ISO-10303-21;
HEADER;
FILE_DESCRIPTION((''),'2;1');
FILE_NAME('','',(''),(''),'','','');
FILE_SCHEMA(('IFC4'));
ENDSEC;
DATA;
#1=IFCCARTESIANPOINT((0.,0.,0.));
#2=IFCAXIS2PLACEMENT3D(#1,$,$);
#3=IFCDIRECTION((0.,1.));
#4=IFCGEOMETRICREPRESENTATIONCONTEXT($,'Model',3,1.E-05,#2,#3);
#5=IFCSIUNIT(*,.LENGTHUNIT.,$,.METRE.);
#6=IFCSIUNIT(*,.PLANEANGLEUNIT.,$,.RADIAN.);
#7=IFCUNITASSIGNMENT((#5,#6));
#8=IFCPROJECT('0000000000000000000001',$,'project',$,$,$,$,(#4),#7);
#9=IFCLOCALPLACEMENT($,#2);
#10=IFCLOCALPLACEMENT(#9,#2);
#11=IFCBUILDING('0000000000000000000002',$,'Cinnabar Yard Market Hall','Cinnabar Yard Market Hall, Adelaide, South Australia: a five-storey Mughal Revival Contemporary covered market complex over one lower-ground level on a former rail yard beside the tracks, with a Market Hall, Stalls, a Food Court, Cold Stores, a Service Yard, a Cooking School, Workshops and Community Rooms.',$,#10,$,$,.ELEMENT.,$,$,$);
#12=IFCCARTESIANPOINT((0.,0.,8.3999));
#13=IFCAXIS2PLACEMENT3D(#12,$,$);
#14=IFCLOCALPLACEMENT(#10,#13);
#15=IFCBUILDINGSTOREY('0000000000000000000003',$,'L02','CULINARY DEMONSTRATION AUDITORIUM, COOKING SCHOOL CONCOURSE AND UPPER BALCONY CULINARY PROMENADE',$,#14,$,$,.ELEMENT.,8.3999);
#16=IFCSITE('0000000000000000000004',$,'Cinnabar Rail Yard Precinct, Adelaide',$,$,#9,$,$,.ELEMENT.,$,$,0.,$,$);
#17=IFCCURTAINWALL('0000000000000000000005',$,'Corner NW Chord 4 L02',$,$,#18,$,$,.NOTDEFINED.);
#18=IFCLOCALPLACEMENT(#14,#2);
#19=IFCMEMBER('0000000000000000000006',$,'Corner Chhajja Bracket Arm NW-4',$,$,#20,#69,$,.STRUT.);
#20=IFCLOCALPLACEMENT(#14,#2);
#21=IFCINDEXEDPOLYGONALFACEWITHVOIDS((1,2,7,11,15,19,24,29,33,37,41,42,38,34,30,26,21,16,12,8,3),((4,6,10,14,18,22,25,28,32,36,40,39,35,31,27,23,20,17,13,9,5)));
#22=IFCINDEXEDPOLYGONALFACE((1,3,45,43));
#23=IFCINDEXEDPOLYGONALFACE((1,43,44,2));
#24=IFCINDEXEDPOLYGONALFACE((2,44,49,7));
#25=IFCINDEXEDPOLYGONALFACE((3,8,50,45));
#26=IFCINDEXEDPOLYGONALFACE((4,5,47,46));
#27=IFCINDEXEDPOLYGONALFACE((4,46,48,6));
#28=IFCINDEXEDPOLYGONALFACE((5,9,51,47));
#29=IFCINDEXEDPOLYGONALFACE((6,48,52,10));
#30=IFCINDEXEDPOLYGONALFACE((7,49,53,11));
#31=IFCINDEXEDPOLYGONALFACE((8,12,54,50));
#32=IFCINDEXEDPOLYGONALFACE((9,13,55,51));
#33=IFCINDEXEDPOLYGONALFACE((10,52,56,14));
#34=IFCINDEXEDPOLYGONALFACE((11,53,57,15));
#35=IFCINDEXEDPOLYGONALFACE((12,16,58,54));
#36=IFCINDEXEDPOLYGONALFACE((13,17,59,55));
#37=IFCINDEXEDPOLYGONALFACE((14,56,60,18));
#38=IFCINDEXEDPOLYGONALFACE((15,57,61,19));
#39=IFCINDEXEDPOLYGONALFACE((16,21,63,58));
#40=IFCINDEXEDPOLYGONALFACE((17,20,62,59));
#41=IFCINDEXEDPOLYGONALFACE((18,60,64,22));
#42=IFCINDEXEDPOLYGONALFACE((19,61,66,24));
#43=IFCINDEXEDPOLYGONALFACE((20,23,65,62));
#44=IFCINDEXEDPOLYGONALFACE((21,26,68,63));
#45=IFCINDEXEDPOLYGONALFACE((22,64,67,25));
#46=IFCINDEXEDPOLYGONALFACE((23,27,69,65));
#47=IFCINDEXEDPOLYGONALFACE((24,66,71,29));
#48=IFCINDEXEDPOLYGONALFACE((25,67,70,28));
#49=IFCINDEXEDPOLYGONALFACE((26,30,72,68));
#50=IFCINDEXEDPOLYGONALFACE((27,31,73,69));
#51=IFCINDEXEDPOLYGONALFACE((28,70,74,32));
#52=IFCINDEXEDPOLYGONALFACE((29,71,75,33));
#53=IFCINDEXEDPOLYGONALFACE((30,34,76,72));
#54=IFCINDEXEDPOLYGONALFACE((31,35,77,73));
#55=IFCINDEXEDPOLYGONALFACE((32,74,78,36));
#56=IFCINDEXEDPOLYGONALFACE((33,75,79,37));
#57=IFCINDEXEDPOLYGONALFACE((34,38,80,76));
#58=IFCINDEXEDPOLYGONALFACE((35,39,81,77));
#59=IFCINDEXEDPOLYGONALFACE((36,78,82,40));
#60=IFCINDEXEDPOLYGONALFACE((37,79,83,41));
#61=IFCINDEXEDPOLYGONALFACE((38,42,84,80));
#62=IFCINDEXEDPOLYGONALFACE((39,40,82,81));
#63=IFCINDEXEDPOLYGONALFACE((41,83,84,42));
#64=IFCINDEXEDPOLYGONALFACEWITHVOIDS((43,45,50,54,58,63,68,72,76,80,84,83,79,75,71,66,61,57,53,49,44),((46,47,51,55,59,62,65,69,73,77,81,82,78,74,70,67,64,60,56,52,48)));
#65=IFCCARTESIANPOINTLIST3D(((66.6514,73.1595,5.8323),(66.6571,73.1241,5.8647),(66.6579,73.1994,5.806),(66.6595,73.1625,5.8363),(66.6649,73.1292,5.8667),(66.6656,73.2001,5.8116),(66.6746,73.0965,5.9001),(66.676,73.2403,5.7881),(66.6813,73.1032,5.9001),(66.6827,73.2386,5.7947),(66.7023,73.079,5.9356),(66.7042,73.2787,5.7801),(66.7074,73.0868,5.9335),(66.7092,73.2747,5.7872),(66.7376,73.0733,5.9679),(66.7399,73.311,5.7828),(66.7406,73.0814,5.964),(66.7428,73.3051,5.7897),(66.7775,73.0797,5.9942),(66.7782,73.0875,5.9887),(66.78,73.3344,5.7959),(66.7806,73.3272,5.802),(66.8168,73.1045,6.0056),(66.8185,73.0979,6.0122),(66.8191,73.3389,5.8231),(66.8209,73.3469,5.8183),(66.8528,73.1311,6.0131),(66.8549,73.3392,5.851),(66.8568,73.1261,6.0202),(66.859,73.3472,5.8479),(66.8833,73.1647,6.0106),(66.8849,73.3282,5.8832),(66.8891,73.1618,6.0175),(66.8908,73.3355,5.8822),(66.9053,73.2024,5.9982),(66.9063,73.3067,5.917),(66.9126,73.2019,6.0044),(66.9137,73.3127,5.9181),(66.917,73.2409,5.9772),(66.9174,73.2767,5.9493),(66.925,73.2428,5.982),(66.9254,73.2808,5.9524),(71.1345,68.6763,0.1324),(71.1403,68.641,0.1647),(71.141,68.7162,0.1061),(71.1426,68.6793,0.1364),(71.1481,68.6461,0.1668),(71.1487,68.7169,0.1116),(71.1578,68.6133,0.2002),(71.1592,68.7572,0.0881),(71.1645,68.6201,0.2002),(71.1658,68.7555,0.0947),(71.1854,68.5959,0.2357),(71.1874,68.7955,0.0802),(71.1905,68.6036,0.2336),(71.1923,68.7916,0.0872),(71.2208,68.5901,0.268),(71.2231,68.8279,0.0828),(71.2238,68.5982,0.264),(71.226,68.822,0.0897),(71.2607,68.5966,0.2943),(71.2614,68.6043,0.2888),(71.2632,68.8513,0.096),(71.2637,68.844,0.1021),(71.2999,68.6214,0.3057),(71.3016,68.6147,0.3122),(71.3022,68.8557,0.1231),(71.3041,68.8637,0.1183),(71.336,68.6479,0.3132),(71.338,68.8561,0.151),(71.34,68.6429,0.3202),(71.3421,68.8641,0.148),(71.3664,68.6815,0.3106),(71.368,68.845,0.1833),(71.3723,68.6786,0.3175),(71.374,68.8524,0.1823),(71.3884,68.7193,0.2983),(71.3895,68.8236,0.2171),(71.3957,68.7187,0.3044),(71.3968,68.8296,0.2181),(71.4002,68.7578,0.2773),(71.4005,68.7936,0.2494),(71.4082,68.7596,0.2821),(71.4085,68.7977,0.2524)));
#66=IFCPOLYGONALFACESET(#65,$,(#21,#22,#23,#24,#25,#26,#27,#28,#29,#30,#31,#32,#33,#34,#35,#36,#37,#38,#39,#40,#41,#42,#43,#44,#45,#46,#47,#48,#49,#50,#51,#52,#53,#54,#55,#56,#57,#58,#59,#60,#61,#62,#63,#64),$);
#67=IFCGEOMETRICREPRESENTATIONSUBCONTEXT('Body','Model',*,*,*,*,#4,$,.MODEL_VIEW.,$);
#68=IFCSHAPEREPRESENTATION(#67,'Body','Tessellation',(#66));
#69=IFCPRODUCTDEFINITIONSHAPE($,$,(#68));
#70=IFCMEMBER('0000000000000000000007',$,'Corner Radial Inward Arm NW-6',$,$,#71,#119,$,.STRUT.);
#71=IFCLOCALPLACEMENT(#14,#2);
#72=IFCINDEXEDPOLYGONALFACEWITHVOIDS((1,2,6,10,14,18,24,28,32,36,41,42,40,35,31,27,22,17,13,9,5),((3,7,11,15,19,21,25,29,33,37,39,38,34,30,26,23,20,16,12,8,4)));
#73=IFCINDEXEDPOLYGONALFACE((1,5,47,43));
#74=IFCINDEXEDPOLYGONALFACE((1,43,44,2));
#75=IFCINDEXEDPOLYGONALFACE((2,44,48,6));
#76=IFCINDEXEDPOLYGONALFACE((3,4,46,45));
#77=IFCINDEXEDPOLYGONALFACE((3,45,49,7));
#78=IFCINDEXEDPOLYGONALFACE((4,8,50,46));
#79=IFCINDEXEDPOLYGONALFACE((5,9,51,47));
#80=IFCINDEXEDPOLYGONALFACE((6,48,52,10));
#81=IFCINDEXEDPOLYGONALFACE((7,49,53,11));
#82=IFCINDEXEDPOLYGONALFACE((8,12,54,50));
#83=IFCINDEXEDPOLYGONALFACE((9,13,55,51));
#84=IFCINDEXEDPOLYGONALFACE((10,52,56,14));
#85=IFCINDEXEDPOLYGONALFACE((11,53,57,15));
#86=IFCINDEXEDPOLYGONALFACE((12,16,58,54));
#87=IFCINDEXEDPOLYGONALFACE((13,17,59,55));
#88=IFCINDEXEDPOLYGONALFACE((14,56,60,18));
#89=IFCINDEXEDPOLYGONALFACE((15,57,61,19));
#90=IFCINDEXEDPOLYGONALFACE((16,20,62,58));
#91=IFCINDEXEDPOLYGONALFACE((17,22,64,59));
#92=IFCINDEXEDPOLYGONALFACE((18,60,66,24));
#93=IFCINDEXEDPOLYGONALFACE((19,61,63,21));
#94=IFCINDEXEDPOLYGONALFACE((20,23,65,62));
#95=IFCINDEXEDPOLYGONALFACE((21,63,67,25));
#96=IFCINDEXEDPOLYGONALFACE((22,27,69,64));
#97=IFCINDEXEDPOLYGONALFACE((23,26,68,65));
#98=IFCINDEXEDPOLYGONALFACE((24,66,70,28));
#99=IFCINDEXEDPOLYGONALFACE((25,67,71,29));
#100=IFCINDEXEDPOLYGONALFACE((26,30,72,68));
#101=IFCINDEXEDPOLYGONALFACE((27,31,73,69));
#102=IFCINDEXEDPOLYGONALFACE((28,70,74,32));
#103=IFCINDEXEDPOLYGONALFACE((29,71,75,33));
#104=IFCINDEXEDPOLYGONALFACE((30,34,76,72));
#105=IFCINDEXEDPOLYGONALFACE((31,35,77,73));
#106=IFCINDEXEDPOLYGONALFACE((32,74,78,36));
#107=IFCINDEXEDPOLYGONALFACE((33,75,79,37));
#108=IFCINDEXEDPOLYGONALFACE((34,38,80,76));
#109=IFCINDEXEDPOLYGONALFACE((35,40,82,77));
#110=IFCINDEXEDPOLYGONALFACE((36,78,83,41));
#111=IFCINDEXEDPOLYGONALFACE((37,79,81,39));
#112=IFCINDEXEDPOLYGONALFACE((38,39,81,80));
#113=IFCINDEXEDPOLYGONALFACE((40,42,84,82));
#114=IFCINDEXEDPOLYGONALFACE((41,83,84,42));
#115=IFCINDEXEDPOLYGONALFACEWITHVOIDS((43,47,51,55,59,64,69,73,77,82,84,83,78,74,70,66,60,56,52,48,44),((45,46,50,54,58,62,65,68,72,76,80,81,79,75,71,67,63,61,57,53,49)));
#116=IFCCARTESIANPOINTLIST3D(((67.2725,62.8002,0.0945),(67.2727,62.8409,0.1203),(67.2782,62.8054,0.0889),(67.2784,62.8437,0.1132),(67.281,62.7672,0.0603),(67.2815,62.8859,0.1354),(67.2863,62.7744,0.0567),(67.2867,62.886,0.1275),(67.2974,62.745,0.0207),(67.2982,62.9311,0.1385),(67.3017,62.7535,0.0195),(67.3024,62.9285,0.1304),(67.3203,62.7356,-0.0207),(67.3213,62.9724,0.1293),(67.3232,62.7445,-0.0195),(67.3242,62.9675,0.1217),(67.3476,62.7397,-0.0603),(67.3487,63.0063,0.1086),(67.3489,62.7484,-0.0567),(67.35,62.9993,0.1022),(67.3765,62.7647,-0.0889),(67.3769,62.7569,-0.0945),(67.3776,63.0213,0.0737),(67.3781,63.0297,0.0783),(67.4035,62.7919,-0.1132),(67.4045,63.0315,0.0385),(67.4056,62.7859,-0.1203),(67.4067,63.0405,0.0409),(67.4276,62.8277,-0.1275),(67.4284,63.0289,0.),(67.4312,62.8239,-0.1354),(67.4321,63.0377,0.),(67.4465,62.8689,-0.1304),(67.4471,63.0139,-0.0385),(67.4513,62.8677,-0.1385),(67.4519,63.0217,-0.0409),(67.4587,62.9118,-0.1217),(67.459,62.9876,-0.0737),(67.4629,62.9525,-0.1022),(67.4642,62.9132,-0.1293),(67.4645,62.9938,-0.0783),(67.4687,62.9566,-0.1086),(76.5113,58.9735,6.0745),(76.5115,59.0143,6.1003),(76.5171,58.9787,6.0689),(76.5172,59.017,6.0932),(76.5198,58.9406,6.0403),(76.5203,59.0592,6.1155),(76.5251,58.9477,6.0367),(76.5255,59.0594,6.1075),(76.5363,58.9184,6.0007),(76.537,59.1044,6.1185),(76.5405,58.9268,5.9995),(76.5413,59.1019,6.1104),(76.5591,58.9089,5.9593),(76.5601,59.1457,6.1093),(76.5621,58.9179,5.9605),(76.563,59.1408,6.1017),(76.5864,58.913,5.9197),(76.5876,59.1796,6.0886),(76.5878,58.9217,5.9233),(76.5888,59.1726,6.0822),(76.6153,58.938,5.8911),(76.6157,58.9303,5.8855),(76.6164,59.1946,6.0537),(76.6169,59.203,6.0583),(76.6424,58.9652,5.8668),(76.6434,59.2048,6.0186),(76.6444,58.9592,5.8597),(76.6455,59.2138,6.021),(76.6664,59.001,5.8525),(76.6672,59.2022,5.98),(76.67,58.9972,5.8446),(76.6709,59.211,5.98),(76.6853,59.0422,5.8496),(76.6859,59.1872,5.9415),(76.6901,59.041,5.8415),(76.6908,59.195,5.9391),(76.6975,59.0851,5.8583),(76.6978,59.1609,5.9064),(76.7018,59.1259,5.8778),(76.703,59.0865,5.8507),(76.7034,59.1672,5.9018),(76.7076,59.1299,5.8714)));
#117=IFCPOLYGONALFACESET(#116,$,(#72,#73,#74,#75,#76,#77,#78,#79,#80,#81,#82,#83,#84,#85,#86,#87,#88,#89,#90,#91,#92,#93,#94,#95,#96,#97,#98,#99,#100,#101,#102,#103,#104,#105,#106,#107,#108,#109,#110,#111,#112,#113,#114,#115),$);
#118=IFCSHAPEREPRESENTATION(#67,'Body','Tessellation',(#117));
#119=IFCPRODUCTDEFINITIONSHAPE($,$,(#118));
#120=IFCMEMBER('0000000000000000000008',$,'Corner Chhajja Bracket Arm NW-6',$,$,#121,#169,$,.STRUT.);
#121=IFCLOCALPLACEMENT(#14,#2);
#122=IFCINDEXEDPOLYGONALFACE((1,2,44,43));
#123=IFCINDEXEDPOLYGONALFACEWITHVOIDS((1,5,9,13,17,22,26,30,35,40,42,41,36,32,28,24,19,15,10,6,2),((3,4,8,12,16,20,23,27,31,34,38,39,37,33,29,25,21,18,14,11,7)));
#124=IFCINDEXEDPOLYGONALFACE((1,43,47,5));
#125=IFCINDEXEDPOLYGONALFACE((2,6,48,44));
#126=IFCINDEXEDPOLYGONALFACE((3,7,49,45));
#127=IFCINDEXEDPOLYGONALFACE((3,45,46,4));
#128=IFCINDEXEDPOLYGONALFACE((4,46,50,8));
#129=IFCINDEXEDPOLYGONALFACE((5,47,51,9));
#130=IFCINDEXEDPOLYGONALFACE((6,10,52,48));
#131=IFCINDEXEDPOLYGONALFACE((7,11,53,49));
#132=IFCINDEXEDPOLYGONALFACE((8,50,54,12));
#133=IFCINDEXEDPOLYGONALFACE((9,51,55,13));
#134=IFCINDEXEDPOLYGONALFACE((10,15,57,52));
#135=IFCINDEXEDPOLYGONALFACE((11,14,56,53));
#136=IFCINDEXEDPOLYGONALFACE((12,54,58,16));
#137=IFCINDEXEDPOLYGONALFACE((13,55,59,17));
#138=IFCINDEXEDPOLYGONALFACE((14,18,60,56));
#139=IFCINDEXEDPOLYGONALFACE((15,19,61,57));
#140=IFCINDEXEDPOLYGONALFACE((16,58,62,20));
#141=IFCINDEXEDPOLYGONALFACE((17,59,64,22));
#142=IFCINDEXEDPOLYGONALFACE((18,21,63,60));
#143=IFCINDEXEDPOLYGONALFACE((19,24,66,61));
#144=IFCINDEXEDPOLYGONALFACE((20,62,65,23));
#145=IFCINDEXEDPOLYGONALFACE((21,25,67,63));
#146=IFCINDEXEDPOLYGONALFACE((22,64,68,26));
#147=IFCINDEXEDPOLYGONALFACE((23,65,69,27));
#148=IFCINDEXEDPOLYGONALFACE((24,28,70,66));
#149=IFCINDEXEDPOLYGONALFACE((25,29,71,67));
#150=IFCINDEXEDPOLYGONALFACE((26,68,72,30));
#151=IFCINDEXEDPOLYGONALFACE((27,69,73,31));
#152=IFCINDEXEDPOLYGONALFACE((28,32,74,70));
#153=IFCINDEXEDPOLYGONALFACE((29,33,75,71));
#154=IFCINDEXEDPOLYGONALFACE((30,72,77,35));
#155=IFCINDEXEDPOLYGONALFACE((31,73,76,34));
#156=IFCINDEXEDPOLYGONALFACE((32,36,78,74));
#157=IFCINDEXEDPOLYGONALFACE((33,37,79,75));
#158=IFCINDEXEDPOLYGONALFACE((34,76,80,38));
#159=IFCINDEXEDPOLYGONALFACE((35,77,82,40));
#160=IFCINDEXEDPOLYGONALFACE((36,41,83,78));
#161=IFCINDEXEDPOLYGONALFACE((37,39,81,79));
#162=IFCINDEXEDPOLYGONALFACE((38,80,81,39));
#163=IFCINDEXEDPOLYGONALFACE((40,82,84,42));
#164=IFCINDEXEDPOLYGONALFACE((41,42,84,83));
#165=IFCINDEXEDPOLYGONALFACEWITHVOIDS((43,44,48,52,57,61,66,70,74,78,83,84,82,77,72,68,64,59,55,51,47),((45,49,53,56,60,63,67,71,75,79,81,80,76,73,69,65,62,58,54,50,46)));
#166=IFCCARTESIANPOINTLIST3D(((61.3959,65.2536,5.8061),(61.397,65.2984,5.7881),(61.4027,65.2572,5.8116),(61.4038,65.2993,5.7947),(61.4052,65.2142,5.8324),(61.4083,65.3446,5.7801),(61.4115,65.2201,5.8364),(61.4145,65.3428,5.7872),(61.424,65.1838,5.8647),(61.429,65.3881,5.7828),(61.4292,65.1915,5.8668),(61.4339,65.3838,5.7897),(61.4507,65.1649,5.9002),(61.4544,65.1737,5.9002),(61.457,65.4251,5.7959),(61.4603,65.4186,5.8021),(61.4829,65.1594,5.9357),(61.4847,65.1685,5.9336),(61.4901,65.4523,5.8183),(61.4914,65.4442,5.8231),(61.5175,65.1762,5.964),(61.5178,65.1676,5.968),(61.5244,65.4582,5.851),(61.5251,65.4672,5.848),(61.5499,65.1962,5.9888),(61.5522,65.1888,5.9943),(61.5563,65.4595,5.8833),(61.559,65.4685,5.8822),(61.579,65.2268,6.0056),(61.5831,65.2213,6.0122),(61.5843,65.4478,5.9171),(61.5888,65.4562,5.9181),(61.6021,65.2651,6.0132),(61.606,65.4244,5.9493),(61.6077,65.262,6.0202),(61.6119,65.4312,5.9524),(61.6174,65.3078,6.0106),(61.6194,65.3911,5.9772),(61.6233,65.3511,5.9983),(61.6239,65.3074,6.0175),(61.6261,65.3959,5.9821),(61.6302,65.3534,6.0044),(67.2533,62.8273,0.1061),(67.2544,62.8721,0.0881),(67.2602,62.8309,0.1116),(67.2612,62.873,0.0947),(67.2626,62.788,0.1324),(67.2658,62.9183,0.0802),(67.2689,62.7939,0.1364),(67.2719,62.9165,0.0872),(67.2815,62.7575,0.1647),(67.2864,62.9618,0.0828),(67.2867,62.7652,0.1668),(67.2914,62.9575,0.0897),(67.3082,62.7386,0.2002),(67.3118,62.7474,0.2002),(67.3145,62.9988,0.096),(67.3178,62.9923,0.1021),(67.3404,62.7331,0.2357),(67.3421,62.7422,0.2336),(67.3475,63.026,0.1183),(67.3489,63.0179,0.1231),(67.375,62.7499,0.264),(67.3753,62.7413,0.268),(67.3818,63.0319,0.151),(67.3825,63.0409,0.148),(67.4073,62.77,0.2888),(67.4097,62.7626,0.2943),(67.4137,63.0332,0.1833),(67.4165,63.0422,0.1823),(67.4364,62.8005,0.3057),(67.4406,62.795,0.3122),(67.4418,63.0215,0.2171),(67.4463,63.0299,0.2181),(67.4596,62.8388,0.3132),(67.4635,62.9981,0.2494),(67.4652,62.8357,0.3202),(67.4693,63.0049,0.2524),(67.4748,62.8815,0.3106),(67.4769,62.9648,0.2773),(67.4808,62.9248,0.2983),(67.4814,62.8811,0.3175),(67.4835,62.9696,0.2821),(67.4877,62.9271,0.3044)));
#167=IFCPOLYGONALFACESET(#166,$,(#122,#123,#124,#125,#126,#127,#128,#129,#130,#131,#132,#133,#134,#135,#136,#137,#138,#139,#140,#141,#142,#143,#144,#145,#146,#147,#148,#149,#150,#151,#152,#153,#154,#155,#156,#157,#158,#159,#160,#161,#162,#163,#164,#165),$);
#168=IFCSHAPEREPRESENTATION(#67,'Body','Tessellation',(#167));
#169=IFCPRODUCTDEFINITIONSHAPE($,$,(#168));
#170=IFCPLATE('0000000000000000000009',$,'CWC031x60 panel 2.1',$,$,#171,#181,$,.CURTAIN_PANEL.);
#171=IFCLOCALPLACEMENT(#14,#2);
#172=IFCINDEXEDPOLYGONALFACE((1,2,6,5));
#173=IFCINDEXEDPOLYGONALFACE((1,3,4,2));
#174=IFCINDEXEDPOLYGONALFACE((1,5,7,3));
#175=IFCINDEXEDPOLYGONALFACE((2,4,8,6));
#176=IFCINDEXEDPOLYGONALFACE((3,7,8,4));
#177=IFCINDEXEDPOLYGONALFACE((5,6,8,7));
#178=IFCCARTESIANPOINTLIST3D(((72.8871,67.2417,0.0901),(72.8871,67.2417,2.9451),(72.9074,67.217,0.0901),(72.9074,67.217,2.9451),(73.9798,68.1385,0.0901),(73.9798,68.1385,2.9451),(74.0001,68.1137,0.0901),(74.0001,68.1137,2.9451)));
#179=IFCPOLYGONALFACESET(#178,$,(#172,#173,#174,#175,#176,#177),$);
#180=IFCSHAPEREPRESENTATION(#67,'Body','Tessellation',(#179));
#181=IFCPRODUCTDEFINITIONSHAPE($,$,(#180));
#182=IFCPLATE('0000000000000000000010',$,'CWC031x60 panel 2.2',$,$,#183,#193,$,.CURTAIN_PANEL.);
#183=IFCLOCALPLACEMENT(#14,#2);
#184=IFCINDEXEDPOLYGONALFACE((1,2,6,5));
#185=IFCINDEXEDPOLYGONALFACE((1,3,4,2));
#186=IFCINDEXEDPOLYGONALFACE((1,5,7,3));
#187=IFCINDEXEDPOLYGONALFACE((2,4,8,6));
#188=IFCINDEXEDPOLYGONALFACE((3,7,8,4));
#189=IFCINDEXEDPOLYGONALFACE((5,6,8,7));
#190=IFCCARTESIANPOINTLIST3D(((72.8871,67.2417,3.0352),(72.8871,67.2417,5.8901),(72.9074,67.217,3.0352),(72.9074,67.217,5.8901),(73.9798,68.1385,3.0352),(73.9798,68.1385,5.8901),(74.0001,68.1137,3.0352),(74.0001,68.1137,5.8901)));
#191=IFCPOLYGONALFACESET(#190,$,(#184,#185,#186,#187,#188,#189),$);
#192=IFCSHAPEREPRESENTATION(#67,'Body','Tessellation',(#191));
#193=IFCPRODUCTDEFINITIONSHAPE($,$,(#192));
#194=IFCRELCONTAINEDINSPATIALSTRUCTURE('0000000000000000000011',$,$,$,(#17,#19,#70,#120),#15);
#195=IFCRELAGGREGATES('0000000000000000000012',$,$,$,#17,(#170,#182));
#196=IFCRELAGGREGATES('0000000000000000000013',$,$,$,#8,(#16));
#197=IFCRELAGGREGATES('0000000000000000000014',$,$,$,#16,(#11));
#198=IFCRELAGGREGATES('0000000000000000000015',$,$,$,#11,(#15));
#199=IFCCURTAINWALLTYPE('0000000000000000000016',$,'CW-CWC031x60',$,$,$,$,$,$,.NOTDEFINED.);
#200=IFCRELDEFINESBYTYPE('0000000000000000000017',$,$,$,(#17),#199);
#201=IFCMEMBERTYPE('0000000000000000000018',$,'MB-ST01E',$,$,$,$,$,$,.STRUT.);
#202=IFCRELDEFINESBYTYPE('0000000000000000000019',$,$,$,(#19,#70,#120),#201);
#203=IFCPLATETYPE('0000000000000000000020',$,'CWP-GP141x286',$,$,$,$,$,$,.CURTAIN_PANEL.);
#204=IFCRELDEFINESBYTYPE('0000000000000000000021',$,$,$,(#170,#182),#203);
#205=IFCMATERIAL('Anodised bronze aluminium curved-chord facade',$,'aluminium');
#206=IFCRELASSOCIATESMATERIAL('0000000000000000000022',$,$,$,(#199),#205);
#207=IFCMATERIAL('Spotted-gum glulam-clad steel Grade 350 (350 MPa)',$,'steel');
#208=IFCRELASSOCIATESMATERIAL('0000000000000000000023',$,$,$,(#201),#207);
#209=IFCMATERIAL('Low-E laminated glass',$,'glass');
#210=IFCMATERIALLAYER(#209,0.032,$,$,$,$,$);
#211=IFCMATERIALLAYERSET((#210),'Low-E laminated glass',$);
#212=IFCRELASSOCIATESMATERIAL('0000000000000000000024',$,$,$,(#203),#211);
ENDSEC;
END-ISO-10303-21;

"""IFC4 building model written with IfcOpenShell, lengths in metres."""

from ifc_helpers import new_model, si_unit, direction, frame, origin, origin_2d_with_axis, place, context, subcontext, project, spatial, rectangle, hollow_circle, extrude, material, layer, layer_set, material_profile, profile_set, type_object, element, aggregate, save


model = new_model("IFC4")

# Units and contexts
model_context = context("Model", 3, precision=1e-05, world=origin(), true_north=direction((0.0, 1.0)))
body_context = subcontext(model_context, "Body", "Model", "MODEL_VIEW")
ifc_project = project(units=[si_unit("LENGTHUNIT", "METRE"), si_unit("PLANEANGLEUNIT", "RADIAN")], contexts=[model_context])

# Site, building, storey
site_placement = place(None, origin())
site = spatial("IfcSite", under=ifc_project, at=site_placement, Name="Cinnabar Rail Yard Precinct, Adelaide", CompositionType="ELEMENT", RefElevation=0.0)
building_placement = place(site_placement, origin())
building = spatial("IfcBuilding", under=site, at=building_placement, Name="Cinnabar Yard Market Hall", Description="Cinnabar Yard Market Hall, Adelaide, South Australia: a five-storey Mughal Revival Contemporary covered market complex over one lower-ground level on a former rail yard beside the tracks, with a Market Hall, Stalls, a Food Court, Cold Stores, a Service Yard, a Cooking School, Workshops and Community Rooms.", CompositionType="ELEMENT")
storey_placement = place(building_placement, frame((0.0, 0.0, 8.3999)))
storey = spatial("IfcBuildingStorey", under=building, at=storey_placement, Name="L02", Description="CULINARY DEMONSTRATION AUDITORIUM, COOKING SCHOOL CONCOURSE AND UPPER BALCONY CULINARY PROMENADE", CompositionType="ELEMENT", Elevation=8.3999)

# Shared definitions
ifc_material_1 = material(Name="Spotted-gum glulam-clad steel Grade 350 (350 MPa)", Category="steel")

# Curtain wall
ifc_material_2 = material(Name="Anodised bronze aluminium curved-chord facade", Category="aluminium")
curtain_wall_type = type_object("IfcCurtainWallType", Name="CW-CWC031x60", PredefinedType="NOTDEFINED", material=ifc_material_2)
curtain_wall_1_placement = place(storey_placement, origin())
curtain_wall_1 = element("IfcCurtainWall", 1, at=curtain_wall_1_placement, inside=storey, type_object=curtain_wall_type, Name="Corner NW Chord 4 L02", PredefinedType="NOTDEFINED")

# Members
ifc_material_profile_1 = material_profile(ifc_material_1, hollow_circle(Radius=0.1619, WallThickness=0.0095, at=origin_2d_with_axis()), Name="323.9x9.5CHS")
ifc_profile_set_1 = profile_set([ifc_material_profile_1], Name="Spotted-gum glulam-clad steel Grade 350 (350 MPa)")
member_type_1 = type_object("IfcMemberType", Name="MB-ST01E", PredefinedType="STRUT", material=ifc_profile_set_1)
member_1_placement = place(storey_placement, frame((71.2722, 68.7278, 0.2002), z_axis=(-0.525843, 0.525843, 0.668565), x_axis=(-0.707107, -0.707107, 0.0)))
element("IfcMember", 2, at=member_1_placement, inside=storey, type_object=member_type_1, Name="Corner Chhajja Bracket Arm NW-4", PredefinedType="STRUT", context=body_context, shape_type="SweptSolid", body=[
    extrude(hollow_circle(Radius=0.1619, WallThickness=0.0095, at=origin_2d_with_axis()), origin(), (0.0, 0.0, 1.0), 8.5256),
])
member_2_placement = place(storey_placement, frame((67.3701, 62.8882, 0.0), z_axis=(0.792923, -0.328425, 0.513235), x_axis=(0.382669, 0.923885, 0.0)))
element("IfcMember", 3, at=member_2_placement, inside=storey, type_object=member_type_1, Name="Corner Radial Inward Arm NW-6", PredefinedType="STRUT", context=body_context, shape_type="SweptSolid", body=[
    extrude(hollow_circle(Radius=0.1619, WallThickness=0.0095, at=origin_2d_with_axis()), origin(), (0.0, 0.0, 1.0), 11.6516),
])
member_3_placement = place(storey_placement, frame((67.3701, 62.8882, 0.2002), z_axis=(-0.68704, 0.284587, 0.66857), x_axis=(-0.38269, -0.923877, 0.0)))
element("IfcMember", 4, at=member_3_placement, inside=storey, type_object=member_type_1, Name="Corner Chhajja Bracket Arm NW-6", PredefinedType="STRUT", context=body_context, shape_type="SweptSolid", body=[
    extrude(hollow_circle(Radius=0.1619, WallThickness=0.0095, at=origin_2d_with_axis()), origin(), (0.0, 0.0, 1.0), 8.5256),
])

# Plates
ifc_material_3 = material(Name="Low-E laminated glass", Category="glass")
ifc_layer_1 = layer(ifc_material_3, 0.032)
ifc_layer_set_1 = layer_set([ifc_layer_1], Name="Low-E laminated glass")
plate_type_1 = type_object("IfcPlateType", Name="CWP-GP141x286", PredefinedType="CURTAIN_PANEL", material=ifc_layer_set_1)
plate_1_placement = place(storey_placement, frame((73.4436, 67.6777, 0.0901), z_axis=(0.0, 0.0, 1.0), x_axis=(-0.773019, -0.634383, 0.0)))
plate_1 = element("IfcPlate", 5, at=plate_1_placement, type_object=plate_type_1, Name="CWC031x60 panel 2.1", PredefinedType="CURTAIN_PANEL", context=body_context, shape_type="SweptSolid", body=[
    extrude(rectangle(XDim=1.4136, YDim=0.032, at=origin_2d_with_axis()), origin(), (0.0, 0.0, 1.0), 2.855),
])
plate_2_placement = place(storey_placement, frame((73.4436, 67.6777, 3.0352), z_axis=(0.0, 0.0, 1.0), x_axis=(-0.773019, -0.634383, 0.0)))
plate_2 = element("IfcPlate", 6, at=plate_2_placement, type_object=plate_type_1, Name="CWC031x60 panel 2.2", PredefinedType="CURTAIN_PANEL", context=body_context, shape_type="SweptSolid", body=[
    extrude(rectangle(XDim=1.4136, YDim=0.032, at=origin_2d_with_axis()), origin(), (0.0, 0.0, 1.0), 2.855),
])
aggregate(curtain_wall_1, [plate_1, plate_2])

save(model, "model.ifc")
